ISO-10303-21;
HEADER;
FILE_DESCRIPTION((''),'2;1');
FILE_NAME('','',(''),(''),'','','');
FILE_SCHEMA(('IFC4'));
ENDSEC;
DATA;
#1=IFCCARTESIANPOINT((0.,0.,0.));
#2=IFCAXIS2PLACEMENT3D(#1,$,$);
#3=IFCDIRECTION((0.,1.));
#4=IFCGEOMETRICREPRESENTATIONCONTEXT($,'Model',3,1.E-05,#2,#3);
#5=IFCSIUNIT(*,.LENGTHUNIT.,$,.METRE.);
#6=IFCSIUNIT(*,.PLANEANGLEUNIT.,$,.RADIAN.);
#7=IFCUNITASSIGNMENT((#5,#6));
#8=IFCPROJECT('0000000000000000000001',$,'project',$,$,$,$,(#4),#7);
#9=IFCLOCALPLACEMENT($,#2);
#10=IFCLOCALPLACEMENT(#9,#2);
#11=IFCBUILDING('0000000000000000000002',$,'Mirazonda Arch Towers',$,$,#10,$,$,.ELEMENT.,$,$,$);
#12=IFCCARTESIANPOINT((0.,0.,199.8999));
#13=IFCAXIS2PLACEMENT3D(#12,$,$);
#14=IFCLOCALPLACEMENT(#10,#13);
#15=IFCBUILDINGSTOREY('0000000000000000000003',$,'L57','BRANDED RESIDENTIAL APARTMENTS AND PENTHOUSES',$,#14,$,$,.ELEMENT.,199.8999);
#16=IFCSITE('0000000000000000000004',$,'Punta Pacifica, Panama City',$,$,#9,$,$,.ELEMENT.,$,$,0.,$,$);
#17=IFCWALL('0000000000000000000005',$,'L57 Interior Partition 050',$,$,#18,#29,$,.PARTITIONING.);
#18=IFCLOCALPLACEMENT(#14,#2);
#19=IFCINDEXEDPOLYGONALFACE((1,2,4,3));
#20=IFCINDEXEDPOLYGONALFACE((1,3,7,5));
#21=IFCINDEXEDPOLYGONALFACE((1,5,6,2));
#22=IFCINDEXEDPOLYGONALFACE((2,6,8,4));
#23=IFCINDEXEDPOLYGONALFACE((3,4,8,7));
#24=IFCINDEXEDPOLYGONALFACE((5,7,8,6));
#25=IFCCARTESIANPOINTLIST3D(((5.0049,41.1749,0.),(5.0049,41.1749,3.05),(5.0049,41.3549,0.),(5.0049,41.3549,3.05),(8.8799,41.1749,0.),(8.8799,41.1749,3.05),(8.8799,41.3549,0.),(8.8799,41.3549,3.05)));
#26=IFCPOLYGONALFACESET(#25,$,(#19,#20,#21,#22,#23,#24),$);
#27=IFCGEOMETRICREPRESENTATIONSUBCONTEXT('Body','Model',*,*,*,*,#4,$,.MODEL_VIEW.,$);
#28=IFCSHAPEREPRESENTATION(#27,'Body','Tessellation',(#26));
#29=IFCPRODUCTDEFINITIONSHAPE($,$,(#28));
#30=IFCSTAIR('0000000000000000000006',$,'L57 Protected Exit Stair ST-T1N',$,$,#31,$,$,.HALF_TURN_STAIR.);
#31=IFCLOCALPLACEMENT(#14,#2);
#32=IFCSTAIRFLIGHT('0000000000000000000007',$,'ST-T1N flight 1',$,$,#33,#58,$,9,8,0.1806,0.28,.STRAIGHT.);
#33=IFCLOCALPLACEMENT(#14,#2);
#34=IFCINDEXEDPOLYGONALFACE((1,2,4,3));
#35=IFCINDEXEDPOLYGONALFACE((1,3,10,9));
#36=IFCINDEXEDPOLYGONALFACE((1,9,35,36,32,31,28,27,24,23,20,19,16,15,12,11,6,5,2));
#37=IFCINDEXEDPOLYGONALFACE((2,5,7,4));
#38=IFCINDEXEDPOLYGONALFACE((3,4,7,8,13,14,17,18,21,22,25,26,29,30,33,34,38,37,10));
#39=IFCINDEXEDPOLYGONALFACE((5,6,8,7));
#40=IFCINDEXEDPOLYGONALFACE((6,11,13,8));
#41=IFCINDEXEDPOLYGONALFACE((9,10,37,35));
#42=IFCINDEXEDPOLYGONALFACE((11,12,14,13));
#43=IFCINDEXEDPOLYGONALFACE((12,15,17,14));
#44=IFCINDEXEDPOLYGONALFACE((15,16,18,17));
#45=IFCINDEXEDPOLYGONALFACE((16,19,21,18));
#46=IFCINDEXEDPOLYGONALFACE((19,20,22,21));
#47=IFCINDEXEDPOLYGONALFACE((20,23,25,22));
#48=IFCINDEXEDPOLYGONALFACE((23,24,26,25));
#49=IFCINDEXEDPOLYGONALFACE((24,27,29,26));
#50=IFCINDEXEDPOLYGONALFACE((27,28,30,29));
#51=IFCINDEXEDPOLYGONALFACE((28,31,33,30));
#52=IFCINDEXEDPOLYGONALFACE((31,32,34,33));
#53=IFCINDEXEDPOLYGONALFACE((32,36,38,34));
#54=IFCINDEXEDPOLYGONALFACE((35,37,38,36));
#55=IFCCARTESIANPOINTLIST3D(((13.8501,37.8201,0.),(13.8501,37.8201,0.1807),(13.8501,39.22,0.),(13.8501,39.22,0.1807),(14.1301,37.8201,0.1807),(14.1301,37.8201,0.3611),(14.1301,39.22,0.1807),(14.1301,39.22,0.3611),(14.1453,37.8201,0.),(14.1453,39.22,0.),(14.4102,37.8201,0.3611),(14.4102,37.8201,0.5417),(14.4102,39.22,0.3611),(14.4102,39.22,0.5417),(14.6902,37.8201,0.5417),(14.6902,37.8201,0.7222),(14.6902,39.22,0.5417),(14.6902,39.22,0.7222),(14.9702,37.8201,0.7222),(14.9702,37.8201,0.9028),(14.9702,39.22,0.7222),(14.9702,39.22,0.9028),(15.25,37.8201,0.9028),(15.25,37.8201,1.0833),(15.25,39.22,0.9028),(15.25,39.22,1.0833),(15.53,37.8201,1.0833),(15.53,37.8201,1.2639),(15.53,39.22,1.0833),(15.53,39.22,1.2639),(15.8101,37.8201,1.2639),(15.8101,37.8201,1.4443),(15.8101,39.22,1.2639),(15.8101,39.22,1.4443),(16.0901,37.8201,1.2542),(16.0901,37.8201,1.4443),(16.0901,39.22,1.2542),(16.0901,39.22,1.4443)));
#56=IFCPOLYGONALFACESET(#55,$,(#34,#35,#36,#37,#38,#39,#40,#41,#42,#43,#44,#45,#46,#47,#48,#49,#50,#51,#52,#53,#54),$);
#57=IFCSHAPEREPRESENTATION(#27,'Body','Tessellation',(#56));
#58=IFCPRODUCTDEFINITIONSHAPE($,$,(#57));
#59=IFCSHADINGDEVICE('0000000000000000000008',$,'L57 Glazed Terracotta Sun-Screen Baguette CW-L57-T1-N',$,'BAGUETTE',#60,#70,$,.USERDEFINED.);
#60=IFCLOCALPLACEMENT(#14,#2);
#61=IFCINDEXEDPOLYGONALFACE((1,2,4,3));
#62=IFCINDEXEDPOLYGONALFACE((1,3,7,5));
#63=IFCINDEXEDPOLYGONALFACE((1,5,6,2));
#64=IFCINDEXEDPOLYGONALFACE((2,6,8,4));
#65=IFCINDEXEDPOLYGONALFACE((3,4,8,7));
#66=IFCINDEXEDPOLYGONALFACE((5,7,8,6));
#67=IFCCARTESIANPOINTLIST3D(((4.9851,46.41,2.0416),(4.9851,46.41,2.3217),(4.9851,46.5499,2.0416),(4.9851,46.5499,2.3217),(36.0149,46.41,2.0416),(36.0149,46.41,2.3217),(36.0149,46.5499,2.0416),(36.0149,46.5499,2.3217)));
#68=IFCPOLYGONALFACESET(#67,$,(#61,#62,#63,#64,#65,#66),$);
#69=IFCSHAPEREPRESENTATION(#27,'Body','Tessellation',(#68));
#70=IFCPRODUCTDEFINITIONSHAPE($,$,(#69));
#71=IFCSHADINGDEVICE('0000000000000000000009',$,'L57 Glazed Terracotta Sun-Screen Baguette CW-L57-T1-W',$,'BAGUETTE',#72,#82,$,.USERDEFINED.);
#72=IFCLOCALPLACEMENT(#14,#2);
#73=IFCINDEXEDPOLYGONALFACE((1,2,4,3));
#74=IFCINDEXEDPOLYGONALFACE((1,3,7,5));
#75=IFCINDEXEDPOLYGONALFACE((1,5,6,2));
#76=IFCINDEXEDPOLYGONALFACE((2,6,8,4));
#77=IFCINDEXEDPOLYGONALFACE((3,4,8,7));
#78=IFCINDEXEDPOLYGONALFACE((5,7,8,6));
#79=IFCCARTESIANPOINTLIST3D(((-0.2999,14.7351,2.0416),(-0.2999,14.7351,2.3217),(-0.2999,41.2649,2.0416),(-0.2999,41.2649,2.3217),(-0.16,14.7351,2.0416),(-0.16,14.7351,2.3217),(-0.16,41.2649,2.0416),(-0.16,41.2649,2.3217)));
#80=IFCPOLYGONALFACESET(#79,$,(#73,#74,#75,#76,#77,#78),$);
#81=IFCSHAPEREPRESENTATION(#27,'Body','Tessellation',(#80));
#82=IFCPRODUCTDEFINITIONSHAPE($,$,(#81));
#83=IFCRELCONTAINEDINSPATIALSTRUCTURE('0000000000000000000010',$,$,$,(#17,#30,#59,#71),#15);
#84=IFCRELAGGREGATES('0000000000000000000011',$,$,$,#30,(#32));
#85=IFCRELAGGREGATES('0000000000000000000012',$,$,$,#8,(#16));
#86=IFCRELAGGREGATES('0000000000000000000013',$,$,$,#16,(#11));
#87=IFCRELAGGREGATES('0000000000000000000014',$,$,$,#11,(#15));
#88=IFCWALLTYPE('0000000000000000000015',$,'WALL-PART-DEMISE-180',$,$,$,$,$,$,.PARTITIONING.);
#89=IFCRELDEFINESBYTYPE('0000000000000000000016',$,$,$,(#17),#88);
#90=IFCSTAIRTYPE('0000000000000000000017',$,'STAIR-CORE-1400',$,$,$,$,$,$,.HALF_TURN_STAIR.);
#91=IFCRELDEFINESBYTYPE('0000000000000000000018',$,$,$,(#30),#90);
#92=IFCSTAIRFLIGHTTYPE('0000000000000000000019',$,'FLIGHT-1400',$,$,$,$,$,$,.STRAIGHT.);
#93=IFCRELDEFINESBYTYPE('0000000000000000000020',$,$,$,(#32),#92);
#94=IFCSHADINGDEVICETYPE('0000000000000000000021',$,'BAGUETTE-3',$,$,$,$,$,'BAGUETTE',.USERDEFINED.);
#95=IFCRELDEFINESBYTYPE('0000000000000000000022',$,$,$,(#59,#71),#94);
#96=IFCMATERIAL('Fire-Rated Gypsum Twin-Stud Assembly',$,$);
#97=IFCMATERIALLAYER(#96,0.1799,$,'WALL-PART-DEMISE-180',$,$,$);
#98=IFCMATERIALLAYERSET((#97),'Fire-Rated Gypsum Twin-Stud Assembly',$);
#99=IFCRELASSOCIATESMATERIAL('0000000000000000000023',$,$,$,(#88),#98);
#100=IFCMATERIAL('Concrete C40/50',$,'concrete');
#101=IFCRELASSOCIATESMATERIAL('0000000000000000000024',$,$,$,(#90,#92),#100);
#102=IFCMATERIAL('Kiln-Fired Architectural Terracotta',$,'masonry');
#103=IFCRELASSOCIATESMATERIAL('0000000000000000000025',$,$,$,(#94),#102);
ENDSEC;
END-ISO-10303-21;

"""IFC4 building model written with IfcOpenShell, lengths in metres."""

from ifc_helpers import new_model, si_unit, direction, frame, frame_2d, origin, origin_2d, place, context, subcontext, project, spatial, polyline, rectangle, outline, extrude, material, layer, layer_set, material_profile, profile_set, type_object, element, aggregate, save


model = new_model("IFC4")

# Units and contexts
model_context = context("Model", 3, precision=1e-05, world=origin(), true_north=direction((0.0, 1.0)))
body_context = subcontext(model_context, "Body", "Model", "MODEL_VIEW")
ifc_project = project(units=[si_unit("LENGTHUNIT", "METRE"), si_unit("PLANEANGLEUNIT", "RADIAN")], contexts=[model_context])

# Site, building, storey
site_placement = place(None, origin())
site = spatial("IfcSite", under=ifc_project, at=site_placement, Name="Punta Pacifica, Panama City", CompositionType="ELEMENT", RefElevation=0.0)
building_placement = place(site_placement, origin())
building = spatial("IfcBuilding", under=site, at=building_placement, Name="Mirazonda Arch Towers", CompositionType="ELEMENT")
storey_placement = place(building_placement, frame((0.0, 0.0, 199.8999)))
storey = spatial("IfcBuildingStorey", under=building, at=storey_placement, Name="L57", Description="BRANDED RESIDENTIAL APARTMENTS AND PENTHOUSES", CompositionType="ELEMENT", Elevation=199.8999)

# Wall
ifc_material_1 = material(Name="Fire-Rated Gypsum Twin-Stud Assembly")
ifc_layer_1 = layer(ifc_material_1, 0.1799, Name="WALL-PART-DEMISE-180")
ifc_layer_set_1 = layer_set([ifc_layer_1], Name="Fire-Rated Gypsum Twin-Stud Assembly")
wall_type_1 = type_object("IfcWallType", Name="WALL-PART-DEMISE-180", PredefinedType="PARTITIONING", material=ifc_layer_set_1)
wall_1_placement = place(storey_placement, frame((5.0049, 41.2649, 0.0), z_axis=(0.0, 0.0, 1.0), x_axis=(1.0, 0.0, 0.0)))
element("IfcWall", 1, at=wall_1_placement, inside=storey, type_object=wall_type_1, Name="L57 Interior Partition 050", PredefinedType="PARTITIONING", context=body_context, shape_type="SweptSolid", body=[
    extrude(rectangle(XDim=3.875, YDim=0.1799, at=frame_2d((1.9375, 0.0))), origin(), (0.0, 0.0, 1.0), 3.05),
])

# Stair, stair flight
ifc_material_2 = material(Name="Concrete C40/50", Category="concrete")
stair_type = type_object("IfcStairType", Name="STAIR-CORE-1400", PredefinedType="HALF_TURN_STAIR", material=ifc_material_2)
stair_placement = place(storey_placement, origin())
stair = element("IfcStair", 2, at=stair_placement, inside=storey, type_object=stair_type, Name="L57 Protected Exit Stair ST-T1N", PredefinedType="HALF_TURN_STAIR")
stair_flight_type = type_object("IfcStairFlightType", Name="FLIGHT-1400", PredefinedType="STRAIGHT", material=ifc_material_2)
stair_flight_placement = place(storey_placement, frame((13.8501, 38.52, 0.0), z_axis=(0.0, 0.0, 1.0), x_axis=(1.0, 0.0, 0.0)))
stair_flight = element("IfcStairFlight", 3, at=stair_flight_placement, type_object=stair_flight_type, Name="ST-T1N flight 1", NumberOfRisers=9, NumberOfTreads=8, PredefinedType="STRAIGHT", RiserHeight=0.1806, TreadLength=0.28, context=body_context, shape_type="SweptSolid", body=[
    extrude(outline(polyline([(0.0, 0.0), (0.0, 0.1807), (0.28, 0.1807), (0.28, 0.3611), (0.5601, 0.3611), (0.5601, 0.5417), (0.8401, 0.5417), (0.8401, 0.7222), (1.1201, 0.7222), (1.1201, 0.9028), (1.3999, 0.9028), (1.3999, 1.0833), (1.6799, 1.0833), (1.6799, 1.2639), (1.96, 1.2639), (1.96, 1.4443), (2.24, 1.4443), (2.24, 1.625), (2.24, 1.2542), (0.2952, 0.0), (0.0, 0.0)])), frame((0.0, 0.7, 0.0), z_axis=(0.0, -1.0, 0.0), x_axis=(1.0, 0.0, 0.0)), (0.0, 0.0, 1.0), 1.3999),
])
aggregate(stair, [stair_flight])

# Shading devices
ifc_material_3 = material(Name="Kiln-Fired Architectural Terracotta", Category="masonry")
ifc_material_profile_1 = material_profile(ifc_material_3, rectangle(XDim=0.1399, YDim=0.28, at=origin_2d()), Name="TERRA-BAG-140x280")
ifc_profile_set_1 = profile_set([ifc_material_profile_1], Name="Kiln-Fired Architectural Terracotta")
shading_device_type = type_object("IfcShadingDeviceType", Name="BAGUETTE-3", ElementType="BAGUETTE", PredefinedType="USERDEFINED", material=ifc_profile_set_1)
shading_device_1_placement = place(storey_placement, frame((4.9851, 46.48, 2.1816), z_axis=(1.0, 0.0, 0.0), x_axis=(0.0, 1.0, 0.0)))
element("IfcShadingDevice", 4, at=shading_device_1_placement, inside=storey, type_object=shading_device_type, Name="L57 Glazed Terracotta Sun-Screen Baguette CW-L57-T1-N", ObjectType="BAGUETTE", PredefinedType="USERDEFINED", context=body_context, shape_type="SweptSolid", body=[
    extrude(rectangle(XDim=0.1399, YDim=0.28, at=origin_2d()), origin(), (0.0, 0.0, 1.0), 31.0298),
])
shading_device_2_placement = place(storey_placement, frame((-0.23, 41.2649, 2.1816), z_axis=(0.0, -1.0, 0.0), x_axis=(1.0, 0.0, 0.0)))
element("IfcShadingDevice", 5, at=shading_device_2_placement, inside=storey, type_object=shading_device_type, Name="L57 Glazed Terracotta Sun-Screen Baguette CW-L57-T1-W", ObjectType="BAGUETTE", PredefinedType="USERDEFINED", context=body_context, shape_type="SweptSolid", body=[
    extrude(rectangle(XDim=0.1399, YDim=0.28, at=origin_2d()), origin(), (0.0, 0.0, 1.0), 26.5298),
])

save(model, "model.ifc")
